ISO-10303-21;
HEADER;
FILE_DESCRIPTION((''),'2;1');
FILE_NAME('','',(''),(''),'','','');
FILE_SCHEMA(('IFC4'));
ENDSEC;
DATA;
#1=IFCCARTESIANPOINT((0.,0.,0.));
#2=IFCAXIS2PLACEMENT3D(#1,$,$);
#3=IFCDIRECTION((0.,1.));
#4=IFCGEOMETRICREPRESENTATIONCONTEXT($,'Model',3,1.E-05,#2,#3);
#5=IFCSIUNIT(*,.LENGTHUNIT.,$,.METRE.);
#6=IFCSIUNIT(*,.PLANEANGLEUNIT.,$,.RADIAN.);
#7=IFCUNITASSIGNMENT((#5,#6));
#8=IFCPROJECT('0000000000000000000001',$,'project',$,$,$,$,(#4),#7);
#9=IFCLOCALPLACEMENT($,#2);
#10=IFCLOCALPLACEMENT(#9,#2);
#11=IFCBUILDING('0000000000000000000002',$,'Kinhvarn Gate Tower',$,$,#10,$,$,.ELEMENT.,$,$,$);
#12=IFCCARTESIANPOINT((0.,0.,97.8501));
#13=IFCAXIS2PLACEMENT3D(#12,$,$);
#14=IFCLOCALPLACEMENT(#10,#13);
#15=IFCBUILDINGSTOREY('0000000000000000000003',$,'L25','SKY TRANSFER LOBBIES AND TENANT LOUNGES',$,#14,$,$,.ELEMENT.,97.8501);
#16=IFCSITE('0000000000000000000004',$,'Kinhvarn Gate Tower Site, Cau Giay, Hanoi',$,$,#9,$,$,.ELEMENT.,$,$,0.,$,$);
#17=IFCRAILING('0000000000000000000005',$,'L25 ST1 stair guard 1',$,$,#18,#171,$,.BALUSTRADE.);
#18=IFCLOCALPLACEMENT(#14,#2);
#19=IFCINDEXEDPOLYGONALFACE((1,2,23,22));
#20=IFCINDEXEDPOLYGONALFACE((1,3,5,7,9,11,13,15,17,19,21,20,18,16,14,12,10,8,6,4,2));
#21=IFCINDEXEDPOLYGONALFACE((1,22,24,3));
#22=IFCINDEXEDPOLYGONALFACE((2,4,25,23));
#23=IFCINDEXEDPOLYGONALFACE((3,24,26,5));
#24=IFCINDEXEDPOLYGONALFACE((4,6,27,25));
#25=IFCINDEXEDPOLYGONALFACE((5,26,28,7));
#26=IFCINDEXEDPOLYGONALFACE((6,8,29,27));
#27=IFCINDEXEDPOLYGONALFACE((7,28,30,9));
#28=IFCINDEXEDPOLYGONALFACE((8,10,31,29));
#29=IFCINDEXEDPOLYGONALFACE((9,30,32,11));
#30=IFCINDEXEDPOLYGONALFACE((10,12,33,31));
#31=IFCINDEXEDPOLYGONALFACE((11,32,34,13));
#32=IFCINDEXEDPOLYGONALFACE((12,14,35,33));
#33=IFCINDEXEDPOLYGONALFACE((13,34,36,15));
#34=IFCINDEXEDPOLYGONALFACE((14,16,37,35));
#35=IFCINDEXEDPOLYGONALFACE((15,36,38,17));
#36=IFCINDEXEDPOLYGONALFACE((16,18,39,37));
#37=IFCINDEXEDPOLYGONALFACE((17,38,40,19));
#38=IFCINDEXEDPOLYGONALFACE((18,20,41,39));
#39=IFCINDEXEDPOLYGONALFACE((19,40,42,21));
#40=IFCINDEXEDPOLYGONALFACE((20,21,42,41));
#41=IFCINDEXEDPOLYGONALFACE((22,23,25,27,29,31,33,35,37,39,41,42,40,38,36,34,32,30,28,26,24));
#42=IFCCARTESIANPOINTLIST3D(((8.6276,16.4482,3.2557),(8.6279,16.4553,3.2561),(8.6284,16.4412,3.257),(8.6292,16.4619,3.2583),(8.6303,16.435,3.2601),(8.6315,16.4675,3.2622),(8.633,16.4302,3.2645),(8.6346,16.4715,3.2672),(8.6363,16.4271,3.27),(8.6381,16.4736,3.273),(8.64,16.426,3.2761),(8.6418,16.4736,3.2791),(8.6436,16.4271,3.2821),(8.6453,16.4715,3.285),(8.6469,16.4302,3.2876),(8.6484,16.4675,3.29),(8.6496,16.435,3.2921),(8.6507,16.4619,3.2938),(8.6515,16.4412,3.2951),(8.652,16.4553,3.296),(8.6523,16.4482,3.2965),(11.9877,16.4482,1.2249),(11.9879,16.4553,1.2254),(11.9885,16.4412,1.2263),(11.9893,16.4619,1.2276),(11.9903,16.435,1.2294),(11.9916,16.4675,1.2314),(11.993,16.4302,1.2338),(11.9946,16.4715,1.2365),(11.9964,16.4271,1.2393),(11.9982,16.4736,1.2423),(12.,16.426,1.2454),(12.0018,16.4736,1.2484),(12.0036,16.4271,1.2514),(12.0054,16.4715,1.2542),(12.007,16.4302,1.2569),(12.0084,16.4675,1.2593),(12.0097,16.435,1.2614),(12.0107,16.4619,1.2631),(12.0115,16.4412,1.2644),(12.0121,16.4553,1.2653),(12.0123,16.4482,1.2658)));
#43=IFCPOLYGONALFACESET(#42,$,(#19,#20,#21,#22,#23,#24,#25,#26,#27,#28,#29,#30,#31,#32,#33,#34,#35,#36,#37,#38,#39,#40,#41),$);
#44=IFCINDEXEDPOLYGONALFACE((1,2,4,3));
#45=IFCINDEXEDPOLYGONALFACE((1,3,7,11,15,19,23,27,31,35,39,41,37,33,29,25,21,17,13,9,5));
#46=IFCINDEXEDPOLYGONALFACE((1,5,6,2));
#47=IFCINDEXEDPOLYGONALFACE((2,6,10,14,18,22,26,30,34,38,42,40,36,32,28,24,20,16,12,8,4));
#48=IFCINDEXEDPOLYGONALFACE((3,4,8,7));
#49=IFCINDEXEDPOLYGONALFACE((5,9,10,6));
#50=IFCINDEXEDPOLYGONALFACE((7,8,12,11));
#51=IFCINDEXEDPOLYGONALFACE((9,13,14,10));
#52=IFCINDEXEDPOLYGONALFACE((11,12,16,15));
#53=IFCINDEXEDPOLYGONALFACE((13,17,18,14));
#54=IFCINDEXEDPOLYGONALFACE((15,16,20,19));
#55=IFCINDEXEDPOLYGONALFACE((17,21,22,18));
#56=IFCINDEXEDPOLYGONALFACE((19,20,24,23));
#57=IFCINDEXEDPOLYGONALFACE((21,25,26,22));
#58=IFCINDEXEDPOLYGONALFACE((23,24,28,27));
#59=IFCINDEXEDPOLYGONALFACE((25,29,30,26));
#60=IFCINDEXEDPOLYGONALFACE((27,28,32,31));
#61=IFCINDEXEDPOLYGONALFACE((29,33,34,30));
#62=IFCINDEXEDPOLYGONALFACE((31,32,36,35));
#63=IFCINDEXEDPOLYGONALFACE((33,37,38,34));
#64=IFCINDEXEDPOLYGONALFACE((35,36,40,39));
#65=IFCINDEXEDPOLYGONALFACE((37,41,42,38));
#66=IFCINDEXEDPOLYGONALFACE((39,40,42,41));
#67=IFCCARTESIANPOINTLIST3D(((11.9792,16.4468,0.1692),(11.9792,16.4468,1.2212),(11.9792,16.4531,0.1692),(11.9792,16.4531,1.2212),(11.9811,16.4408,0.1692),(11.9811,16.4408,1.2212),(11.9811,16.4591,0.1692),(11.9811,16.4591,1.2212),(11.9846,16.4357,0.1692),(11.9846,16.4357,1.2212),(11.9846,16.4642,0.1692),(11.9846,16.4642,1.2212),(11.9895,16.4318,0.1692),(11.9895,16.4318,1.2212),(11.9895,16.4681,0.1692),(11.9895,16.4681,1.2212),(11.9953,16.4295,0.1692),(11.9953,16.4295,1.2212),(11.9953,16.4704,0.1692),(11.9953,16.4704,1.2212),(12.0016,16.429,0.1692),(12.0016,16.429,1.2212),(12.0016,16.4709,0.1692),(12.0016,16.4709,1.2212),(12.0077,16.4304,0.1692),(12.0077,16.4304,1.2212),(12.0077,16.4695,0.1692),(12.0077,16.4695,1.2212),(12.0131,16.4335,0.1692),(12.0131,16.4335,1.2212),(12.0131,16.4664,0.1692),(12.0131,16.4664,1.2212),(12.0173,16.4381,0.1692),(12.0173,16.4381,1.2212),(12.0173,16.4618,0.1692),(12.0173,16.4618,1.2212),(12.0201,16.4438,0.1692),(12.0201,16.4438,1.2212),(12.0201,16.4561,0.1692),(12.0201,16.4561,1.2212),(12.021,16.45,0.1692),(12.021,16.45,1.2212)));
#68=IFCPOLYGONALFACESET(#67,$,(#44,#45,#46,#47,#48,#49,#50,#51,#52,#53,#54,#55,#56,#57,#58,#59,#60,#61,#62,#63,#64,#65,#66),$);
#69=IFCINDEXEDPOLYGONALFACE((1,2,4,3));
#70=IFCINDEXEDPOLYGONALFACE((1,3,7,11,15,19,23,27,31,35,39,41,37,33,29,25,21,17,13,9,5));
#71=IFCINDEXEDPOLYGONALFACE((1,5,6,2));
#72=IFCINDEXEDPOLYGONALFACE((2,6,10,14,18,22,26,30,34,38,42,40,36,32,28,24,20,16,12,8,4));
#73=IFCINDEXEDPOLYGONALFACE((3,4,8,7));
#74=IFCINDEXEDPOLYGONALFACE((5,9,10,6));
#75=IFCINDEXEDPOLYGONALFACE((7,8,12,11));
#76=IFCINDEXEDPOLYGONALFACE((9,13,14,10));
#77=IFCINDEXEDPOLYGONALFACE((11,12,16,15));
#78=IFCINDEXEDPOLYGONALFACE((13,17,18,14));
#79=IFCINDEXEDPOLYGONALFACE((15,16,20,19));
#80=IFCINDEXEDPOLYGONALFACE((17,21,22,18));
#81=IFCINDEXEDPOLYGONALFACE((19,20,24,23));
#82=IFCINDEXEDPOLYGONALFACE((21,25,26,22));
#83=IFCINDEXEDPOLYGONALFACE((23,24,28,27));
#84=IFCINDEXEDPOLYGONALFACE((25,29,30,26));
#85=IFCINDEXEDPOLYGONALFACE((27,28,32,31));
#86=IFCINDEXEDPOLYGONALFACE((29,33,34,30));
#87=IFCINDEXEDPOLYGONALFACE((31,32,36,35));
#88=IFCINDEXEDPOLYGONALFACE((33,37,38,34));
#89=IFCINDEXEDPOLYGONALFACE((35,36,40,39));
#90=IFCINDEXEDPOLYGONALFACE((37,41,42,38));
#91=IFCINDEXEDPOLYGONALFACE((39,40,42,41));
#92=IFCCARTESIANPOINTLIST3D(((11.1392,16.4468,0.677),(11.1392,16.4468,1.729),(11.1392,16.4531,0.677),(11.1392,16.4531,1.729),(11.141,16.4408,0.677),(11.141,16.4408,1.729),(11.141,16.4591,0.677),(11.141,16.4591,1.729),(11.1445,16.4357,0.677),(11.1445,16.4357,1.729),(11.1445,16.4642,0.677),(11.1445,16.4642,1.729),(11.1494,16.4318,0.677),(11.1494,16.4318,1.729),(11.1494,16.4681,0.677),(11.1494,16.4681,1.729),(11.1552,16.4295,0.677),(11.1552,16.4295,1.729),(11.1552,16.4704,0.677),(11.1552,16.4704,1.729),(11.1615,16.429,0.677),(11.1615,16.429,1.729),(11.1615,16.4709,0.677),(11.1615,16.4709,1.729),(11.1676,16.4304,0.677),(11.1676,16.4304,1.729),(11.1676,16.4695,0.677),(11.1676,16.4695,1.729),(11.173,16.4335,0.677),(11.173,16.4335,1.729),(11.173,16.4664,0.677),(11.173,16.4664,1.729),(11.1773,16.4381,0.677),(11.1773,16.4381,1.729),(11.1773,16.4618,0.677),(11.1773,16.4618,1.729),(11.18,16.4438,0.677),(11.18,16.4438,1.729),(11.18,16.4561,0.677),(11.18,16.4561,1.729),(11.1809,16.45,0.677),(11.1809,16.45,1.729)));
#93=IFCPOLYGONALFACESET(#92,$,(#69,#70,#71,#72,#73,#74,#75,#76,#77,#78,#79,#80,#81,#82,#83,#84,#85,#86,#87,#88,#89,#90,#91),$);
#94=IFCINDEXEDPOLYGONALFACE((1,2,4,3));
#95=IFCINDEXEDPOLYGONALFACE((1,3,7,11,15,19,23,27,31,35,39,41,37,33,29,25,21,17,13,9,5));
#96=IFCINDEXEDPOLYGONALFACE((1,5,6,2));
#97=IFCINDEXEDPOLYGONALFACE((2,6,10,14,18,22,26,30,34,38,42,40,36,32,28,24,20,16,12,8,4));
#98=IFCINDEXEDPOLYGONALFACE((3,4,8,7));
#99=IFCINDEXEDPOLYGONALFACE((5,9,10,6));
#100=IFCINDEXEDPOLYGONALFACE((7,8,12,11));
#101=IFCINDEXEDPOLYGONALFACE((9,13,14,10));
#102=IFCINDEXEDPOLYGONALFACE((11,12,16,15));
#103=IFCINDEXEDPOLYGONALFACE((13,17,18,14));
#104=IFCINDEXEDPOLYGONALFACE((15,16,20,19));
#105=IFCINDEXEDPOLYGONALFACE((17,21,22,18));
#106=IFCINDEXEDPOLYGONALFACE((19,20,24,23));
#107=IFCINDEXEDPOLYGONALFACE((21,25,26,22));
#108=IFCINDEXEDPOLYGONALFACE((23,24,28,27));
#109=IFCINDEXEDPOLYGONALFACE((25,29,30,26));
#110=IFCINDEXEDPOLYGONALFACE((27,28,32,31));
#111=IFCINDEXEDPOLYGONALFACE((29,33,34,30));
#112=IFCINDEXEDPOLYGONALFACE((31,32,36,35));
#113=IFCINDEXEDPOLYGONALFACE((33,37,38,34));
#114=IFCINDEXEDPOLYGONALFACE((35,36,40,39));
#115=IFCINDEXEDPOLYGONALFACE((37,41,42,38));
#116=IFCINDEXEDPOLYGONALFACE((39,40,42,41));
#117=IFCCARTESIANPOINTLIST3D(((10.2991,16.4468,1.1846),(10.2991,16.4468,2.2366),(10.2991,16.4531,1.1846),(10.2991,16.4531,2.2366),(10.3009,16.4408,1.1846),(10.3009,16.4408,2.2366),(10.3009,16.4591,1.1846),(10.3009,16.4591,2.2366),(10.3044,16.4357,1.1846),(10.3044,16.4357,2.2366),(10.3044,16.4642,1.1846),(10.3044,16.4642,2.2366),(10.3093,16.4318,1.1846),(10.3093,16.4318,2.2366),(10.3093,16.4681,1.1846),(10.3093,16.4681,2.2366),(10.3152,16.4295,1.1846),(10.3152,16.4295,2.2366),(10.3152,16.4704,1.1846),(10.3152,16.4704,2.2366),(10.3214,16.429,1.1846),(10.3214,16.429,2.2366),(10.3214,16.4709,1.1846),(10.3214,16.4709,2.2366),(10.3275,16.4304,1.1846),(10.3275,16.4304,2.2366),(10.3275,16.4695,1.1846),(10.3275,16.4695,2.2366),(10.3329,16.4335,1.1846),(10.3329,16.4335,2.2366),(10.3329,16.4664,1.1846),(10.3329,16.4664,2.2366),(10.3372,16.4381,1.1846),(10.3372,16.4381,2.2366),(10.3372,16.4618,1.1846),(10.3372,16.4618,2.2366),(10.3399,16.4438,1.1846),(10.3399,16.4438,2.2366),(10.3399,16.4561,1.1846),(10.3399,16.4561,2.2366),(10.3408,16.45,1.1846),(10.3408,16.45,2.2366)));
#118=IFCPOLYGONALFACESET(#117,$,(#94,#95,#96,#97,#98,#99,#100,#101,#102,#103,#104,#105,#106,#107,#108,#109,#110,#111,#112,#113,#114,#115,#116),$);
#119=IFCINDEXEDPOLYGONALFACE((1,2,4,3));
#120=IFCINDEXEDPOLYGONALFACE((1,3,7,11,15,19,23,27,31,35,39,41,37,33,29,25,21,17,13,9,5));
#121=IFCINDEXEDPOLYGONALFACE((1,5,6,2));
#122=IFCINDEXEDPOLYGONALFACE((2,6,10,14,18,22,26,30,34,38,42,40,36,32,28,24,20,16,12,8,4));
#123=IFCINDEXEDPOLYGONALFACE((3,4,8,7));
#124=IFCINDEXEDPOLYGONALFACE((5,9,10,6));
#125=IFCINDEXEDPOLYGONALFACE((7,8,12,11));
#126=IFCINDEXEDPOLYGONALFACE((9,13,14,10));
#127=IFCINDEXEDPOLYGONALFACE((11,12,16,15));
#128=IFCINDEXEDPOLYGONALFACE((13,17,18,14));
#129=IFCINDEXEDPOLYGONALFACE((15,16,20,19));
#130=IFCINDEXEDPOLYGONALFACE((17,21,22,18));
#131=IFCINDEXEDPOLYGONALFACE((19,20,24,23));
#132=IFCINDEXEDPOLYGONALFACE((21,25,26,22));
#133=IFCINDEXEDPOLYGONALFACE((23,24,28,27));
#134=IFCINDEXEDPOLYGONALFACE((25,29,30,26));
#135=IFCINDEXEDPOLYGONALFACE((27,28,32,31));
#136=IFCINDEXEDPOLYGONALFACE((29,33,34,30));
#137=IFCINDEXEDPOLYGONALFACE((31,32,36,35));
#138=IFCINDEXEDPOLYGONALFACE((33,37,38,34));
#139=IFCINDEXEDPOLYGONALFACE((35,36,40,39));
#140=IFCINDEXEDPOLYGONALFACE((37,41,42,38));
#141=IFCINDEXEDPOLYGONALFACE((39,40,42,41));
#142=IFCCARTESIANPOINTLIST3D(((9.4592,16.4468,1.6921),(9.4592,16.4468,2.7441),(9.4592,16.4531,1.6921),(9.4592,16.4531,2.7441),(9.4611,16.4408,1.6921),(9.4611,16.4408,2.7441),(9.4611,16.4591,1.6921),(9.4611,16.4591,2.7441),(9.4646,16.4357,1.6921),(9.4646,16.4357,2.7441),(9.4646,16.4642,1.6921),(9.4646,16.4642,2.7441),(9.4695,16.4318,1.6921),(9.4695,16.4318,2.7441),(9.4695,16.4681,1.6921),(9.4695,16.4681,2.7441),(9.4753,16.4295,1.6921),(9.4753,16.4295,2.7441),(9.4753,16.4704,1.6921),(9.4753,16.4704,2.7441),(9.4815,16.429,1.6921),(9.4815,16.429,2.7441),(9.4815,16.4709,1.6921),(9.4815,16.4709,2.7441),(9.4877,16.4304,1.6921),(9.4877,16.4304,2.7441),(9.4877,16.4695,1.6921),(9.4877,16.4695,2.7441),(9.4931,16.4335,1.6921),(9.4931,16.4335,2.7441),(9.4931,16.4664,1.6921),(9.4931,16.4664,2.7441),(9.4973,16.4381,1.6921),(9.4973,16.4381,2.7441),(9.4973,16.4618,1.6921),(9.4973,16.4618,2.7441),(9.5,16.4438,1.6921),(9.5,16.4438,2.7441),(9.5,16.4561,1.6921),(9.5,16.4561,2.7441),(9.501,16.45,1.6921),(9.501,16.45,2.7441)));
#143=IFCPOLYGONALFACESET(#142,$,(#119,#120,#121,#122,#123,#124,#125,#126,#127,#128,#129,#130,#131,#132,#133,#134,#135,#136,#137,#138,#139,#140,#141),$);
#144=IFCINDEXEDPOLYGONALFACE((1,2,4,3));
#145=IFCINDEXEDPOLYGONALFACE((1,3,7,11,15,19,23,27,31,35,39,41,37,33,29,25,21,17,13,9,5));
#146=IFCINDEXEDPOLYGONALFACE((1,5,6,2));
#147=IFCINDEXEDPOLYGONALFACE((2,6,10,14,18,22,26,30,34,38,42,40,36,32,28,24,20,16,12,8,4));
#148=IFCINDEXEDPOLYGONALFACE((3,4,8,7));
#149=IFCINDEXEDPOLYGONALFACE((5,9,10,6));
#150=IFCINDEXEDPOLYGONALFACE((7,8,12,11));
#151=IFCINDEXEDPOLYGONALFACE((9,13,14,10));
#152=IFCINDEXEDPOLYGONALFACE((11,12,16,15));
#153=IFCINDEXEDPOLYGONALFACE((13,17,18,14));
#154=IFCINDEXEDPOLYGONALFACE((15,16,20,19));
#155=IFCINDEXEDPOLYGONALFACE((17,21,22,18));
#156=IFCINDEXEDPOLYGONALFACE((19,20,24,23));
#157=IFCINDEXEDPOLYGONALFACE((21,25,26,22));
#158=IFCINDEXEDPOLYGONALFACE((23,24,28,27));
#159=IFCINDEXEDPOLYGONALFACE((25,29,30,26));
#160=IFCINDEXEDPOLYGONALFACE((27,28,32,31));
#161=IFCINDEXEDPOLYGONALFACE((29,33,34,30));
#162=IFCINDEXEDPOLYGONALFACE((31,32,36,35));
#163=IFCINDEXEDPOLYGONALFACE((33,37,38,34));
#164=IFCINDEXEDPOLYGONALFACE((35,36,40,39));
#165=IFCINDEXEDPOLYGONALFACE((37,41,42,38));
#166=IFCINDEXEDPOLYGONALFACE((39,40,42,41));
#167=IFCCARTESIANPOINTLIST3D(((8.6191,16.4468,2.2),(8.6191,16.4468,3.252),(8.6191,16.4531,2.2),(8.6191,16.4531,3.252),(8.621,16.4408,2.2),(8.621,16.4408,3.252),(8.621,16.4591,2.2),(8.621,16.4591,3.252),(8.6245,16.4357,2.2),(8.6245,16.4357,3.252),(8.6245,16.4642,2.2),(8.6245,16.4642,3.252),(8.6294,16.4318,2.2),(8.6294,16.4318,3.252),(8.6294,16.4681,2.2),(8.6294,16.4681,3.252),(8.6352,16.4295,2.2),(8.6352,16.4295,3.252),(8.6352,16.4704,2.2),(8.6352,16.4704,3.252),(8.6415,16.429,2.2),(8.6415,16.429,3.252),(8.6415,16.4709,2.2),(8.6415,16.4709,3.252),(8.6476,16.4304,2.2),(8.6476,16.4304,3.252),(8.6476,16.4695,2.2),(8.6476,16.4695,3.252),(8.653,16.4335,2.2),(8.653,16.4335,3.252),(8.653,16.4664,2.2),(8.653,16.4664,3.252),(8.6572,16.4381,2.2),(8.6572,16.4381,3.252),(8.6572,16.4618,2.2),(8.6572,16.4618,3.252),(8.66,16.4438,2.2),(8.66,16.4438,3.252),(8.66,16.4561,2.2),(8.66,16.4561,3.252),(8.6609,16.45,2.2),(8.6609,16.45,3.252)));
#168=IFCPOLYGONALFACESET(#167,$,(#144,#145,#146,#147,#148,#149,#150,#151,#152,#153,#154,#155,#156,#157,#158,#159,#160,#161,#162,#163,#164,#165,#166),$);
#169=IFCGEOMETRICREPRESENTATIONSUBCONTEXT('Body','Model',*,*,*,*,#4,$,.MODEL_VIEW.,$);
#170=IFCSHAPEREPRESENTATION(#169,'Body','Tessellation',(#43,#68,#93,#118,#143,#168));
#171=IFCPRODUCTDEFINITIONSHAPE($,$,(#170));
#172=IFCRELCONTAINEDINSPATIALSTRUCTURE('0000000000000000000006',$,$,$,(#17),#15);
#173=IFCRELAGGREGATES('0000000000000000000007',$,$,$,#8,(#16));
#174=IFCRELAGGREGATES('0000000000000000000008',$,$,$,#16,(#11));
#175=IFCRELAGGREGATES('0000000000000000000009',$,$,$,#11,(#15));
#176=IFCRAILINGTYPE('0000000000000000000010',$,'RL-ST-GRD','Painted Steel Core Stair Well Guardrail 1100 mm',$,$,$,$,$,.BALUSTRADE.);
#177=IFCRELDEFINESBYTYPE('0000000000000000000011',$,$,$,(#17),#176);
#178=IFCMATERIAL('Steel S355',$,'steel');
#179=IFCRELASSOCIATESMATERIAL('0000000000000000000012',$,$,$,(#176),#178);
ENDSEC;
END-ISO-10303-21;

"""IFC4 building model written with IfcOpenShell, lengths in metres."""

from ifc_helpers import new_model, si_unit, direction, frame, origin, origin_2d, place, context, subcontext, project, spatial, circle, extrude, material, type_object, element, save


model = new_model("IFC4")

# Units and contexts
model_context = context("Model", 3, precision=1e-05, world=origin(), true_north=direction((0.0, 1.0)))
body_context = subcontext(model_context, "Body", "Model", "MODEL_VIEW")
ifc_project = project(units=[si_unit("LENGTHUNIT", "METRE"), si_unit("PLANEANGLEUNIT", "RADIAN")], contexts=[model_context])

# Site, building, storey
site_placement = place(None, origin())
site = spatial("IfcSite", under=ifc_project, at=site_placement, Name="Kinhvarn Gate Tower Site, Cau Giay, Hanoi", CompositionType="ELEMENT", RefElevation=0.0)
building_placement = place(site_placement, origin())
building = spatial("IfcBuilding", under=site, at=building_placement, Name="Kinhvarn Gate Tower", CompositionType="ELEMENT")
storey_placement = place(building_placement, frame((0.0, 0.0, 97.8501)))
storey = spatial("IfcBuildingStorey", under=building, at=storey_placement, Name="L25", Description="SKY TRANSFER LOBBIES AND TENANT LOUNGES", CompositionType="ELEMENT", Elevation=97.8501)

# Shared definitions
ifc_material_1 = material(Name="Steel S355", Category="steel")

# Railing
railing_type_1 = type_object("IfcRailingType", Name="RL-ST-GRD", Description="Painted Steel Core Stair Well Guardrail 1100 mm", PredefinedType="BALUSTRADE", material=ifc_material_1)
railing_1_placement = place(storey_placement, frame((12.0, 16.45, 0.1692)))
element("IfcRailing", 1, at=railing_1_placement, inside=storey, type_object=railing_type_1, Name="L25 ST1 stair guard 1", PredefinedType="BALUSTRADE", context=body_context, shape_type="SweptSolid", body=[
    extrude(circle(Radius=0.0239, at=origin_2d()), frame((0.0, 0.0, 1.0762), z_axis=(-0.855837, 0.0, 0.517246), x_axis=(0.0, -1.0, 0.0)), (0.0, 0.0, 1.0), 3.926),
    extrude(circle(Radius=0.021, at=origin_2d()), origin(), (0.0, 0.0, 1.0), 1.052),
    extrude(circle(Radius=0.021, at=origin_2d()), frame((-0.8401, 0.0, 0.5078)), (0.0, 0.0, 1.0), 1.052),
    extrude(circle(Radius=0.021, at=origin_2d()), frame((-1.6802, 0.0, 1.0154)), (0.0, 0.0, 1.0), 1.052),
    extrude(circle(Radius=0.021, at=origin_2d()), frame((-2.52, 0.0, 1.5229)), (0.0, 0.0, 1.0), 1.052),
    extrude(circle(Radius=0.021, at=origin_2d()), frame((-3.3601, 0.0, 2.0308)), (0.0, 0.0, 1.0), 1.052),
])

save(model, "model.ifc")
